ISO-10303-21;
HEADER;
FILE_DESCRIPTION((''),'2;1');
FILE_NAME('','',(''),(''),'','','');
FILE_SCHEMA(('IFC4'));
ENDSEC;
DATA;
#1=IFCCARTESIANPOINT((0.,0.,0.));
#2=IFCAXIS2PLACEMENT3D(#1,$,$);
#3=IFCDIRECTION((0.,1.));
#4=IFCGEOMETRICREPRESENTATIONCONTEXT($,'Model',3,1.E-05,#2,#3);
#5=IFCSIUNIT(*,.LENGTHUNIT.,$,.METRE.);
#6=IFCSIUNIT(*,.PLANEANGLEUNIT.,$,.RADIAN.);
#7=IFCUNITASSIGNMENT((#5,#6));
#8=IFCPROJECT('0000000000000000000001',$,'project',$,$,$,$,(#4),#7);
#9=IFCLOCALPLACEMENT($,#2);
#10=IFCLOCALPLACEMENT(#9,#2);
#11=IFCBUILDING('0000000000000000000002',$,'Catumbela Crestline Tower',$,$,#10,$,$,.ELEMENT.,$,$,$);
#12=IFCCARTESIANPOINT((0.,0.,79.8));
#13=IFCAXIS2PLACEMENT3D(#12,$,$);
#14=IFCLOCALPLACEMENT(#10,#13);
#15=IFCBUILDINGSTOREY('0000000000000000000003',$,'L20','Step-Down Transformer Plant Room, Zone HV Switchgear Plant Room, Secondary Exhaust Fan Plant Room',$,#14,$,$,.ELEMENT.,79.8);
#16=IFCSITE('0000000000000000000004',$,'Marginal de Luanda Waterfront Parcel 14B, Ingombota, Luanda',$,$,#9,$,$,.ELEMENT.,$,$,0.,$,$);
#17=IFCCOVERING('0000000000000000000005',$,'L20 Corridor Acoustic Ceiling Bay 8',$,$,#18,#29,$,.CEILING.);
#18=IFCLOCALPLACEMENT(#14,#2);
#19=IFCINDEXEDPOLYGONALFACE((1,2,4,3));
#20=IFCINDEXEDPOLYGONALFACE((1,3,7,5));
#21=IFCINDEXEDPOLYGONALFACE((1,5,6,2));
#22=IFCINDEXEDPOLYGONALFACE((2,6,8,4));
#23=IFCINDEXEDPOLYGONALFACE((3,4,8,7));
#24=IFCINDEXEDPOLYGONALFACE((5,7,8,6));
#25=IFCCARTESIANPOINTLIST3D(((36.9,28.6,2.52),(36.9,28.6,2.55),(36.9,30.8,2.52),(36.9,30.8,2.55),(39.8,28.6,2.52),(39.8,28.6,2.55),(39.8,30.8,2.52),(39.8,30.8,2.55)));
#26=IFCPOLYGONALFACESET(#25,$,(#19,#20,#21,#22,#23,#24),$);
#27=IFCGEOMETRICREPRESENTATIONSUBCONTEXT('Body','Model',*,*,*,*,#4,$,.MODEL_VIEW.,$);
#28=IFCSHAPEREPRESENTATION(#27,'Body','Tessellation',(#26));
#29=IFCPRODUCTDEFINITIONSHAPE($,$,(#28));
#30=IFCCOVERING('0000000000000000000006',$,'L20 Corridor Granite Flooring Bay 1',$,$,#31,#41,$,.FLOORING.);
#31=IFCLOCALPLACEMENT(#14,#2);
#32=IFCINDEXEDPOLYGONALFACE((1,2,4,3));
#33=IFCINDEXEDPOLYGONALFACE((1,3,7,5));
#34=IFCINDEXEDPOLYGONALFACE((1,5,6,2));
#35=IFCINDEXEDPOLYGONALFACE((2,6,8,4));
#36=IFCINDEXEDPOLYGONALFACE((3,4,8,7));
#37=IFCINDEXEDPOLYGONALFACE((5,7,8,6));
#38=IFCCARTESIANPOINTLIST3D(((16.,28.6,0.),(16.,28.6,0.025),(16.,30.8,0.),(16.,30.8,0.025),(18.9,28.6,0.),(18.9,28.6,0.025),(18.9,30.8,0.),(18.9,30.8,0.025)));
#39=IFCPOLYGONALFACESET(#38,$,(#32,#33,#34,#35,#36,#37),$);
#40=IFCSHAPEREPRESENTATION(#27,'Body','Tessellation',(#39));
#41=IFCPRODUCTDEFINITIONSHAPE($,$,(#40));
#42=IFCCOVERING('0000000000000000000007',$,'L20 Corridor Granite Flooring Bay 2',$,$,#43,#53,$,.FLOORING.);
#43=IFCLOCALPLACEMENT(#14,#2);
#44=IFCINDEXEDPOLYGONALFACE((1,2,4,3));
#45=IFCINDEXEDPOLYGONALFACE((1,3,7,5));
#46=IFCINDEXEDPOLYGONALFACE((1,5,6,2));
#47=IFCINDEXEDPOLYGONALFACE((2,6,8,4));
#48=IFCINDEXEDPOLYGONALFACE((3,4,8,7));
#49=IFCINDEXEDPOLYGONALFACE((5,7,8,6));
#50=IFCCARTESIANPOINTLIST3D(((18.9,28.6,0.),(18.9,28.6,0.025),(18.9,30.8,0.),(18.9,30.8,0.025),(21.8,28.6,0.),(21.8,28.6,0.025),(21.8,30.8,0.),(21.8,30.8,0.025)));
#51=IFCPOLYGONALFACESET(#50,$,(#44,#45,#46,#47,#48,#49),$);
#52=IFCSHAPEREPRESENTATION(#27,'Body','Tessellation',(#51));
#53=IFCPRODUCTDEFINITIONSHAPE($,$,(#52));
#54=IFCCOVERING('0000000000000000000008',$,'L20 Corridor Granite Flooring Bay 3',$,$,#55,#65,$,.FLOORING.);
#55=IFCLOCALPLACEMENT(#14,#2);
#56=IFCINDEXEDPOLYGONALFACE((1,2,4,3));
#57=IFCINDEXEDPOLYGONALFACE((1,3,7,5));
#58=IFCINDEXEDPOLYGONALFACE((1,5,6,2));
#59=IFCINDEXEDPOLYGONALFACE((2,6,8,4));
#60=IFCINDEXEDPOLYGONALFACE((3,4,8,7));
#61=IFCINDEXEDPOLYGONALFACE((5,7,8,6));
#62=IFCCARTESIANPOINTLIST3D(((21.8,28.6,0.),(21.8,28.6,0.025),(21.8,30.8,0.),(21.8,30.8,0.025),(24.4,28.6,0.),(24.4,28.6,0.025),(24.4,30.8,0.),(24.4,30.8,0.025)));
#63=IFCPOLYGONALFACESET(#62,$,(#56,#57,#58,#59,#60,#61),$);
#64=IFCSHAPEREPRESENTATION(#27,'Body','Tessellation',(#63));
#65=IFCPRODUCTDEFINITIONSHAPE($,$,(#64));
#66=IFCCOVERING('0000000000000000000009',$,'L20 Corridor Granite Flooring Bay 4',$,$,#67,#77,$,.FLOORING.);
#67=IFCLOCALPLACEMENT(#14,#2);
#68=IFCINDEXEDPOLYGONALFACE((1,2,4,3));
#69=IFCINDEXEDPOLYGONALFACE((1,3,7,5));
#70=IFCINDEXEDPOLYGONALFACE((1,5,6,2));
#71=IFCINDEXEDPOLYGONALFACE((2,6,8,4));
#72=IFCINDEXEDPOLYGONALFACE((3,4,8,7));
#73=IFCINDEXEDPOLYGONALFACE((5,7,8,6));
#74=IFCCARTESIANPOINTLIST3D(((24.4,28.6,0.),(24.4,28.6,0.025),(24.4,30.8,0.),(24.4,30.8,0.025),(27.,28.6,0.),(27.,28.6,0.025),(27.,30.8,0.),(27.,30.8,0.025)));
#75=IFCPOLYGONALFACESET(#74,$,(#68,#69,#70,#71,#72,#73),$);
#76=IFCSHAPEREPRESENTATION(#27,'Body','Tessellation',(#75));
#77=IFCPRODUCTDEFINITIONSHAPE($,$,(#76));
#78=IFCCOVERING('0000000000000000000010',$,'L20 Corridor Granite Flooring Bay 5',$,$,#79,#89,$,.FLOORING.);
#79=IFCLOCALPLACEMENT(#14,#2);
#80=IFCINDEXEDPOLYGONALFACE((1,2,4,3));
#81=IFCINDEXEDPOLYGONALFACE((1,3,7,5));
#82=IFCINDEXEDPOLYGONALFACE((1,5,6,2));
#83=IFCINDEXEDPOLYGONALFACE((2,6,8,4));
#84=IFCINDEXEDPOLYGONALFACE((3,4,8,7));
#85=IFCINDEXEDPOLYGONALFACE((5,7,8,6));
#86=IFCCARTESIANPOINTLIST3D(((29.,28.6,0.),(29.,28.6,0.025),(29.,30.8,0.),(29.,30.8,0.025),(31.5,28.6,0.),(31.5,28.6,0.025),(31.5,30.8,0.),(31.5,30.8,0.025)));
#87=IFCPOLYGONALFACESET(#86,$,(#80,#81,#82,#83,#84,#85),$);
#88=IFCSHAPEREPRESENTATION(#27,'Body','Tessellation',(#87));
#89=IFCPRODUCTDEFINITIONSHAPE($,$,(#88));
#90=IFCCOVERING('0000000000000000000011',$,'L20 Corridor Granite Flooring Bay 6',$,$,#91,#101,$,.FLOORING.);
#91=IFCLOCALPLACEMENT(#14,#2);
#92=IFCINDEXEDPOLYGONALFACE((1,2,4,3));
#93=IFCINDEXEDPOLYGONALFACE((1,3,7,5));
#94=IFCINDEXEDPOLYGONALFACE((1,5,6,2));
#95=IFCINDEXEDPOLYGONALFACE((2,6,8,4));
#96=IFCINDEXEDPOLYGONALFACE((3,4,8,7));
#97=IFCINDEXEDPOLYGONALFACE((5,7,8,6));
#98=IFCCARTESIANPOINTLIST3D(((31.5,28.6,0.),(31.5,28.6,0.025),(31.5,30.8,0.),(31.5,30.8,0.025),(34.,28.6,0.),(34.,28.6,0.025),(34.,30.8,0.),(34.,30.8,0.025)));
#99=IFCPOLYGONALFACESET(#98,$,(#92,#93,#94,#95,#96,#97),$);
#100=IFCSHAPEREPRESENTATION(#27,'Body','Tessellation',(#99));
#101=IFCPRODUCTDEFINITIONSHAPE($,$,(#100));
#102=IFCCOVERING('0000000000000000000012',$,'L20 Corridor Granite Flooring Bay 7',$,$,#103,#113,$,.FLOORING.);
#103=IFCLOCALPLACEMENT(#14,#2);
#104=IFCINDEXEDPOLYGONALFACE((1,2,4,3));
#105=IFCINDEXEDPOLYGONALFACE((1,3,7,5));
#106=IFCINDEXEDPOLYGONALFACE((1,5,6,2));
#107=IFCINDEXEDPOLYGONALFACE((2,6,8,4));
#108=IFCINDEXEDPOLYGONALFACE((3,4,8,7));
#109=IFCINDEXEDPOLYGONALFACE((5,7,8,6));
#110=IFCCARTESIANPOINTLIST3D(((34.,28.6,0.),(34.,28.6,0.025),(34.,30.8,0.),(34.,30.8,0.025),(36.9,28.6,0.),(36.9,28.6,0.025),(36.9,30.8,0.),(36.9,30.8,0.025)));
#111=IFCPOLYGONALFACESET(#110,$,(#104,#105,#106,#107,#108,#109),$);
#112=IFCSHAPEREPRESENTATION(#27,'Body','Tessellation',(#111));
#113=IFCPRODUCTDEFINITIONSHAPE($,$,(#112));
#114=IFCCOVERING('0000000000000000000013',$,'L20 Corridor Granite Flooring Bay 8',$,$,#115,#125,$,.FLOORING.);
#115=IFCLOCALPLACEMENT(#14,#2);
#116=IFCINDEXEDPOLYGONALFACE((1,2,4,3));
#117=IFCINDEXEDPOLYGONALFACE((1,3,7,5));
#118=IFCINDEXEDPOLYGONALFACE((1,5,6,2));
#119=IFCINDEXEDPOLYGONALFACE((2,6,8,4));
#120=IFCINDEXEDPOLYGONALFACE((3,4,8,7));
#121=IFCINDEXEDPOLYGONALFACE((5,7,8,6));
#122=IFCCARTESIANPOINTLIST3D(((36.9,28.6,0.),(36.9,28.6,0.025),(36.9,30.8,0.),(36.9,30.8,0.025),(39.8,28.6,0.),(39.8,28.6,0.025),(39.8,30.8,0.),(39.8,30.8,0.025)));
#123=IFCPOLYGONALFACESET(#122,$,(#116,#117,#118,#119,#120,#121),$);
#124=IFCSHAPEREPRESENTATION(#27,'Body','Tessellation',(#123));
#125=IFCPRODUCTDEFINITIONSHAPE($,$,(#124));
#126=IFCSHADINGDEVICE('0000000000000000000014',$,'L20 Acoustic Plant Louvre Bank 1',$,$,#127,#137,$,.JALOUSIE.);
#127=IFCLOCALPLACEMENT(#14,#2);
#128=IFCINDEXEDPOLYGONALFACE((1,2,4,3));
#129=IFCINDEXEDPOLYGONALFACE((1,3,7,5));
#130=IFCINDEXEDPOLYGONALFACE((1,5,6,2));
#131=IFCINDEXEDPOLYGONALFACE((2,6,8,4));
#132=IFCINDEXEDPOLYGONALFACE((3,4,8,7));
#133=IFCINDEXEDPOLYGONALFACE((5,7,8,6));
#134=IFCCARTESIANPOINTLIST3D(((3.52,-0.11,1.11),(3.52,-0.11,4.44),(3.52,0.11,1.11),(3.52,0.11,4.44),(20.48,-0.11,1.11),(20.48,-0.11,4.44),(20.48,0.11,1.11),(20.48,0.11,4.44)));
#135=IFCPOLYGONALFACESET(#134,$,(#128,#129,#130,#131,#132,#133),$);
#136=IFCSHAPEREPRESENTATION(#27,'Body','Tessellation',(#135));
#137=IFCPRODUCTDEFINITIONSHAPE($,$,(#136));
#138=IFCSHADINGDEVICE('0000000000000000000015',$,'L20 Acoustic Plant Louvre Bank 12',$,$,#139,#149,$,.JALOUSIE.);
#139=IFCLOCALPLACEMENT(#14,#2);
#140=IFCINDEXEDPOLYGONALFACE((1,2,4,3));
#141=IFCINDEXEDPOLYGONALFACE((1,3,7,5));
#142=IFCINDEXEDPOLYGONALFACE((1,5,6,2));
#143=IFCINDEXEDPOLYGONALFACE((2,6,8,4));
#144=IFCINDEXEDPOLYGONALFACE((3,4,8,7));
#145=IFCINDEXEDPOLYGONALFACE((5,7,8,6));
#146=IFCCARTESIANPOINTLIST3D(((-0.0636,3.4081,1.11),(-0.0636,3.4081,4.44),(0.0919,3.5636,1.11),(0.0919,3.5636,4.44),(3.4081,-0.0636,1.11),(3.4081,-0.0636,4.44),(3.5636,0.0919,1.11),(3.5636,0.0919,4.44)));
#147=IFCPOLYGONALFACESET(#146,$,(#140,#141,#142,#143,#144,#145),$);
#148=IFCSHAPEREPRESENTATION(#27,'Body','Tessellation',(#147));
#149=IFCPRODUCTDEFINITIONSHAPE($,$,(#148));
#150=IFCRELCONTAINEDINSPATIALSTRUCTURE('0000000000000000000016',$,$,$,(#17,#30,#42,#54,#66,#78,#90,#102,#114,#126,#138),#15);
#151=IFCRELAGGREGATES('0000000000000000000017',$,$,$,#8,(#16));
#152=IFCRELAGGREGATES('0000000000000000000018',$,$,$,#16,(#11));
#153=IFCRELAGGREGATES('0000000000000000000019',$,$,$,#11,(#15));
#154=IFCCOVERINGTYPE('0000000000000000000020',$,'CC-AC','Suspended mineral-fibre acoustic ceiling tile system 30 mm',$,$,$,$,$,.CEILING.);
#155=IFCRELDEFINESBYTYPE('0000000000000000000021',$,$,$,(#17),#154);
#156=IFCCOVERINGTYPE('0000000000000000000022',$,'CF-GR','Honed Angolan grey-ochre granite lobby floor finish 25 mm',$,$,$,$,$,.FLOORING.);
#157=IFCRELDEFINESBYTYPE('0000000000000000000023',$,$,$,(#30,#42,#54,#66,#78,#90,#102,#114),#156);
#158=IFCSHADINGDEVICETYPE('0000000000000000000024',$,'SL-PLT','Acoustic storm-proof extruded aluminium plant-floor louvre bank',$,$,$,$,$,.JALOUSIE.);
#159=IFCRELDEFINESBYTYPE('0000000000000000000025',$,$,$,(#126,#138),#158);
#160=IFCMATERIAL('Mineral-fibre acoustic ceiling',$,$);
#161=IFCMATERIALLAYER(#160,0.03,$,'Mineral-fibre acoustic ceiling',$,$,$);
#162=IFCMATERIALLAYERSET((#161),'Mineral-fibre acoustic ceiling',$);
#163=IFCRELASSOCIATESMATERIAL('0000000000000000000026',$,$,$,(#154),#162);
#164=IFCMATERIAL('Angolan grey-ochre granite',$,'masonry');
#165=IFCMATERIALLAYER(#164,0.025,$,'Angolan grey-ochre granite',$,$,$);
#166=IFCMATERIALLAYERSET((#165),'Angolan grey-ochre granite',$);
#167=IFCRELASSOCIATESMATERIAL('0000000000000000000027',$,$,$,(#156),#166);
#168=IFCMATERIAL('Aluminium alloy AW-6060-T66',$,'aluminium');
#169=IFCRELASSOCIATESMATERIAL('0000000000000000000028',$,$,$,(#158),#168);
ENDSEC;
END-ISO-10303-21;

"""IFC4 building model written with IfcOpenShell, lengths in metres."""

from ifc_helpers import new_model, si_unit, direction, frame, origin, origin_2d, place, context, subcontext, project, spatial, polyline, rectangle, outline, extrude, material, layer, layer_set, type_object, element, save


model = new_model("IFC4")

# Units and contexts
model_context = context("Model", 3, precision=1e-05, world=origin(), true_north=direction((0.0, 1.0)))
body_context = subcontext(model_context, "Body", "Model", "MODEL_VIEW")
ifc_project = project(units=[si_unit("LENGTHUNIT", "METRE"), si_unit("PLANEANGLEUNIT", "RADIAN")], contexts=[model_context])

# Site, building, storey
site_placement = place(None, origin())
site = spatial("IfcSite", under=ifc_project, at=site_placement, Name="Marginal de Luanda Waterfront Parcel 14B, Ingombota, Luanda", CompositionType="ELEMENT", RefElevation=0.0)
building_placement = place(site_placement, origin())
building = spatial("IfcBuilding", under=site, at=building_placement, Name="Catumbela Crestline Tower", CompositionType="ELEMENT")
storey_placement = place(building_placement, frame((0.0, 0.0, 79.8)))
storey = spatial("IfcBuildingStorey", under=building, at=storey_placement, Name="L20", Description="Step-Down Transformer Plant Room, Zone HV Switchgear Plant Room, Secondary Exhaust Fan Plant Room", CompositionType="ELEMENT", Elevation=79.8)

# Shared definitions
ifc_material_1 = material(Name="Angolan grey-ochre granite", Category="masonry")

# Coverings
ifc_material_2 = material(Name="Mineral-fibre acoustic ceiling")
ifc_layer_1 = layer(ifc_material_2, 0.03, Name="Mineral-fibre acoustic ceiling")
ifc_layer_set_1 = layer_set([ifc_layer_1], Name="Mineral-fibre acoustic ceiling")
covering_type_1 = type_object("IfcCoveringType", Name="CC-AC", Description="Suspended mineral-fibre acoustic ceiling tile system 30 mm", PredefinedType="CEILING", material=ifc_layer_set_1)
covering_1_placement = place(storey_placement, frame((0.0, 0.0, 2.52)))
element("IfcCovering", 1, at=covering_1_placement, inside=storey, type_object=covering_type_1, Name="L20 Corridor Acoustic Ceiling Bay 8", PredefinedType="CEILING", context=body_context, shape_type="SweptSolid", body=[
    extrude(outline(polyline([(36.9, 28.6), (39.8, 28.6), (39.8, 30.8), (36.9, 30.8), (36.9, 28.6)])), origin(), (0.0, 0.0, 1.0), 0.03),
])
ifc_layer_2 = layer(ifc_material_1, 0.025, Name="Angolan grey-ochre granite")
ifc_layer_set_2 = layer_set([ifc_layer_2], Name="Angolan grey-ochre granite")
covering_type_2 = type_object("IfcCoveringType", Name="CF-GR", Description="Honed Angolan grey-ochre granite lobby floor finish 25 mm", PredefinedType="FLOORING", material=ifc_layer_set_2)
covering_2_placement = place(storey_placement, origin())
element("IfcCovering", 2, at=covering_2_placement, inside=storey, type_object=covering_type_2, Name="L20 Corridor Granite Flooring Bay 1", PredefinedType="FLOORING", context=body_context, shape_type="SweptSolid", body=[
    extrude(outline(polyline([(16.0, 28.6), (18.9, 28.6), (18.9, 30.8), (16.0, 30.8), (16.0, 28.6)])), origin(), (0.0, 0.0, 1.0), 0.025),
])
covering_3_placement = place(storey_placement, origin())
element("IfcCovering", 3, at=covering_3_placement, inside=storey, type_object=covering_type_2, Name="L20 Corridor Granite Flooring Bay 2", PredefinedType="FLOORING", context=body_context, shape_type="SweptSolid", body=[
    extrude(outline(polyline([(18.9, 28.6), (21.8, 28.6), (21.8, 30.8), (18.9, 30.8), (18.9, 28.6)])), origin(), (0.0, 0.0, 1.0), 0.025),
])
covering_4_placement = place(storey_placement, origin())
element("IfcCovering", 4, at=covering_4_placement, inside=storey, type_object=covering_type_2, Name="L20 Corridor Granite Flooring Bay 3", PredefinedType="FLOORING", context=body_context, shape_type="SweptSolid", body=[
    extrude(outline(polyline([(21.8, 28.6), (24.4, 28.6), (24.4, 30.8), (21.8, 30.8), (21.8, 28.6)])), origin(), (0.0, 0.0, 1.0), 0.025),
])
covering_5_placement = place(storey_placement, origin())
element("IfcCovering", 5, at=covering_5_placement, inside=storey, type_object=covering_type_2, Name="L20 Corridor Granite Flooring Bay 4", PredefinedType="FLOORING", context=body_context, shape_type="SweptSolid", body=[
    extrude(outline(polyline([(24.4, 28.6), (27.0, 28.6), (27.0, 30.8), (24.4, 30.8), (24.4, 28.6)])), origin(), (0.0, 0.0, 1.0), 0.025),
])
covering_6_placement = place(storey_placement, origin())
element("IfcCovering", 6, at=covering_6_placement, inside=storey, type_object=covering_type_2, Name="L20 Corridor Granite Flooring Bay 5", PredefinedType="FLOORING", context=body_context, shape_type="SweptSolid", body=[
    extrude(outline(polyline([(29.0, 28.6), (31.5, 28.6), (31.5, 30.8), (29.0, 30.8), (29.0, 28.6)])), origin(), (0.0, 0.0, 1.0), 0.025),
])
covering_7_placement = place(storey_placement, origin())
element("IfcCovering", 7, at=covering_7_placement, inside=storey, type_object=covering_type_2, Name="L20 Corridor Granite Flooring Bay 6", PredefinedType="FLOORING", context=body_context, shape_type="SweptSolid", body=[
    extrude(outline(polyline([(31.5, 28.6), (34.0, 28.6), (34.0, 30.8), (31.5, 30.8), (31.5, 28.6)])), origin(), (0.0, 0.0, 1.0), 0.025),
])
covering_8_placement = place(storey_placement, origin())
element("IfcCovering", 8, at=covering_8_placement, inside=storey, type_object=covering_type_2, Name="L20 Corridor Granite Flooring Bay 7", PredefinedType="FLOORING", context=body_context, shape_type="SweptSolid", body=[
    extrude(outline(polyline([(34.0, 28.6), (36.9, 28.6), (36.9, 30.8), (34.0, 30.8), (34.0, 28.6)])), origin(), (0.0, 0.0, 1.0), 0.025),
])
covering_9_placement = place(storey_placement, origin())
element("IfcCovering", 9, at=covering_9_placement, inside=storey, type_object=covering_type_2, Name="L20 Corridor Granite Flooring Bay 8", PredefinedType="FLOORING", context=body_context, shape_type="SweptSolid", body=[
    extrude(outline(polyline([(36.9, 28.6), (39.8, 28.6), (39.8, 30.8), (36.9, 30.8), (36.9, 28.6)])), origin(), (0.0, 0.0, 1.0), 0.025),
])

# Shading devices
ifc_material_3 = material(Name="Aluminium alloy AW-6060-T66", Category="aluminium")
shading_device_type = type_object("IfcShadingDeviceType", Name="SL-PLT", Description="Acoustic storm-proof extruded aluminium plant-floor louvre bank", PredefinedType="JALOUSIE", material=ifc_material_3)
shading_device_1_placement = place(storey_placement, frame((12.0, 0.0, 1.11), z_axis=(0.0, 0.0, 1.0), x_axis=(1.0, 0.0, 0.0)))
element("IfcShadingDevice", 10, at=shading_device_1_placement, inside=storey, type_object=shading_device_type, Name="L20 Acoustic Plant Louvre Bank 1", PredefinedType="JALOUSIE", context=body_context, shape_type="SweptSolid", body=[
    extrude(rectangle(XDim=16.96, YDim=0.22, at=origin_2d()), origin(), (0.0, 0.0, 1.0), 3.33),
])
shading_device_2_placement = place(storey_placement, frame((1.75, 1.75, 1.11), z_axis=(0.0, 0.0, 1.0), x_axis=(0.707107, -0.707107, 0.0)))
element("IfcShadingDevice", 11, at=shading_device_2_placement, inside=storey, type_object=shading_device_type, Name="L20 Acoustic Plant Louvre Bank 12", PredefinedType="JALOUSIE", context=body_context, shape_type="SweptSolid", body=[
    extrude(rectangle(XDim=4.9097, YDim=0.22, at=origin_2d()), origin(), (0.0, 0.0, 1.0), 3.33),
])

save(model, "model.ifc")
